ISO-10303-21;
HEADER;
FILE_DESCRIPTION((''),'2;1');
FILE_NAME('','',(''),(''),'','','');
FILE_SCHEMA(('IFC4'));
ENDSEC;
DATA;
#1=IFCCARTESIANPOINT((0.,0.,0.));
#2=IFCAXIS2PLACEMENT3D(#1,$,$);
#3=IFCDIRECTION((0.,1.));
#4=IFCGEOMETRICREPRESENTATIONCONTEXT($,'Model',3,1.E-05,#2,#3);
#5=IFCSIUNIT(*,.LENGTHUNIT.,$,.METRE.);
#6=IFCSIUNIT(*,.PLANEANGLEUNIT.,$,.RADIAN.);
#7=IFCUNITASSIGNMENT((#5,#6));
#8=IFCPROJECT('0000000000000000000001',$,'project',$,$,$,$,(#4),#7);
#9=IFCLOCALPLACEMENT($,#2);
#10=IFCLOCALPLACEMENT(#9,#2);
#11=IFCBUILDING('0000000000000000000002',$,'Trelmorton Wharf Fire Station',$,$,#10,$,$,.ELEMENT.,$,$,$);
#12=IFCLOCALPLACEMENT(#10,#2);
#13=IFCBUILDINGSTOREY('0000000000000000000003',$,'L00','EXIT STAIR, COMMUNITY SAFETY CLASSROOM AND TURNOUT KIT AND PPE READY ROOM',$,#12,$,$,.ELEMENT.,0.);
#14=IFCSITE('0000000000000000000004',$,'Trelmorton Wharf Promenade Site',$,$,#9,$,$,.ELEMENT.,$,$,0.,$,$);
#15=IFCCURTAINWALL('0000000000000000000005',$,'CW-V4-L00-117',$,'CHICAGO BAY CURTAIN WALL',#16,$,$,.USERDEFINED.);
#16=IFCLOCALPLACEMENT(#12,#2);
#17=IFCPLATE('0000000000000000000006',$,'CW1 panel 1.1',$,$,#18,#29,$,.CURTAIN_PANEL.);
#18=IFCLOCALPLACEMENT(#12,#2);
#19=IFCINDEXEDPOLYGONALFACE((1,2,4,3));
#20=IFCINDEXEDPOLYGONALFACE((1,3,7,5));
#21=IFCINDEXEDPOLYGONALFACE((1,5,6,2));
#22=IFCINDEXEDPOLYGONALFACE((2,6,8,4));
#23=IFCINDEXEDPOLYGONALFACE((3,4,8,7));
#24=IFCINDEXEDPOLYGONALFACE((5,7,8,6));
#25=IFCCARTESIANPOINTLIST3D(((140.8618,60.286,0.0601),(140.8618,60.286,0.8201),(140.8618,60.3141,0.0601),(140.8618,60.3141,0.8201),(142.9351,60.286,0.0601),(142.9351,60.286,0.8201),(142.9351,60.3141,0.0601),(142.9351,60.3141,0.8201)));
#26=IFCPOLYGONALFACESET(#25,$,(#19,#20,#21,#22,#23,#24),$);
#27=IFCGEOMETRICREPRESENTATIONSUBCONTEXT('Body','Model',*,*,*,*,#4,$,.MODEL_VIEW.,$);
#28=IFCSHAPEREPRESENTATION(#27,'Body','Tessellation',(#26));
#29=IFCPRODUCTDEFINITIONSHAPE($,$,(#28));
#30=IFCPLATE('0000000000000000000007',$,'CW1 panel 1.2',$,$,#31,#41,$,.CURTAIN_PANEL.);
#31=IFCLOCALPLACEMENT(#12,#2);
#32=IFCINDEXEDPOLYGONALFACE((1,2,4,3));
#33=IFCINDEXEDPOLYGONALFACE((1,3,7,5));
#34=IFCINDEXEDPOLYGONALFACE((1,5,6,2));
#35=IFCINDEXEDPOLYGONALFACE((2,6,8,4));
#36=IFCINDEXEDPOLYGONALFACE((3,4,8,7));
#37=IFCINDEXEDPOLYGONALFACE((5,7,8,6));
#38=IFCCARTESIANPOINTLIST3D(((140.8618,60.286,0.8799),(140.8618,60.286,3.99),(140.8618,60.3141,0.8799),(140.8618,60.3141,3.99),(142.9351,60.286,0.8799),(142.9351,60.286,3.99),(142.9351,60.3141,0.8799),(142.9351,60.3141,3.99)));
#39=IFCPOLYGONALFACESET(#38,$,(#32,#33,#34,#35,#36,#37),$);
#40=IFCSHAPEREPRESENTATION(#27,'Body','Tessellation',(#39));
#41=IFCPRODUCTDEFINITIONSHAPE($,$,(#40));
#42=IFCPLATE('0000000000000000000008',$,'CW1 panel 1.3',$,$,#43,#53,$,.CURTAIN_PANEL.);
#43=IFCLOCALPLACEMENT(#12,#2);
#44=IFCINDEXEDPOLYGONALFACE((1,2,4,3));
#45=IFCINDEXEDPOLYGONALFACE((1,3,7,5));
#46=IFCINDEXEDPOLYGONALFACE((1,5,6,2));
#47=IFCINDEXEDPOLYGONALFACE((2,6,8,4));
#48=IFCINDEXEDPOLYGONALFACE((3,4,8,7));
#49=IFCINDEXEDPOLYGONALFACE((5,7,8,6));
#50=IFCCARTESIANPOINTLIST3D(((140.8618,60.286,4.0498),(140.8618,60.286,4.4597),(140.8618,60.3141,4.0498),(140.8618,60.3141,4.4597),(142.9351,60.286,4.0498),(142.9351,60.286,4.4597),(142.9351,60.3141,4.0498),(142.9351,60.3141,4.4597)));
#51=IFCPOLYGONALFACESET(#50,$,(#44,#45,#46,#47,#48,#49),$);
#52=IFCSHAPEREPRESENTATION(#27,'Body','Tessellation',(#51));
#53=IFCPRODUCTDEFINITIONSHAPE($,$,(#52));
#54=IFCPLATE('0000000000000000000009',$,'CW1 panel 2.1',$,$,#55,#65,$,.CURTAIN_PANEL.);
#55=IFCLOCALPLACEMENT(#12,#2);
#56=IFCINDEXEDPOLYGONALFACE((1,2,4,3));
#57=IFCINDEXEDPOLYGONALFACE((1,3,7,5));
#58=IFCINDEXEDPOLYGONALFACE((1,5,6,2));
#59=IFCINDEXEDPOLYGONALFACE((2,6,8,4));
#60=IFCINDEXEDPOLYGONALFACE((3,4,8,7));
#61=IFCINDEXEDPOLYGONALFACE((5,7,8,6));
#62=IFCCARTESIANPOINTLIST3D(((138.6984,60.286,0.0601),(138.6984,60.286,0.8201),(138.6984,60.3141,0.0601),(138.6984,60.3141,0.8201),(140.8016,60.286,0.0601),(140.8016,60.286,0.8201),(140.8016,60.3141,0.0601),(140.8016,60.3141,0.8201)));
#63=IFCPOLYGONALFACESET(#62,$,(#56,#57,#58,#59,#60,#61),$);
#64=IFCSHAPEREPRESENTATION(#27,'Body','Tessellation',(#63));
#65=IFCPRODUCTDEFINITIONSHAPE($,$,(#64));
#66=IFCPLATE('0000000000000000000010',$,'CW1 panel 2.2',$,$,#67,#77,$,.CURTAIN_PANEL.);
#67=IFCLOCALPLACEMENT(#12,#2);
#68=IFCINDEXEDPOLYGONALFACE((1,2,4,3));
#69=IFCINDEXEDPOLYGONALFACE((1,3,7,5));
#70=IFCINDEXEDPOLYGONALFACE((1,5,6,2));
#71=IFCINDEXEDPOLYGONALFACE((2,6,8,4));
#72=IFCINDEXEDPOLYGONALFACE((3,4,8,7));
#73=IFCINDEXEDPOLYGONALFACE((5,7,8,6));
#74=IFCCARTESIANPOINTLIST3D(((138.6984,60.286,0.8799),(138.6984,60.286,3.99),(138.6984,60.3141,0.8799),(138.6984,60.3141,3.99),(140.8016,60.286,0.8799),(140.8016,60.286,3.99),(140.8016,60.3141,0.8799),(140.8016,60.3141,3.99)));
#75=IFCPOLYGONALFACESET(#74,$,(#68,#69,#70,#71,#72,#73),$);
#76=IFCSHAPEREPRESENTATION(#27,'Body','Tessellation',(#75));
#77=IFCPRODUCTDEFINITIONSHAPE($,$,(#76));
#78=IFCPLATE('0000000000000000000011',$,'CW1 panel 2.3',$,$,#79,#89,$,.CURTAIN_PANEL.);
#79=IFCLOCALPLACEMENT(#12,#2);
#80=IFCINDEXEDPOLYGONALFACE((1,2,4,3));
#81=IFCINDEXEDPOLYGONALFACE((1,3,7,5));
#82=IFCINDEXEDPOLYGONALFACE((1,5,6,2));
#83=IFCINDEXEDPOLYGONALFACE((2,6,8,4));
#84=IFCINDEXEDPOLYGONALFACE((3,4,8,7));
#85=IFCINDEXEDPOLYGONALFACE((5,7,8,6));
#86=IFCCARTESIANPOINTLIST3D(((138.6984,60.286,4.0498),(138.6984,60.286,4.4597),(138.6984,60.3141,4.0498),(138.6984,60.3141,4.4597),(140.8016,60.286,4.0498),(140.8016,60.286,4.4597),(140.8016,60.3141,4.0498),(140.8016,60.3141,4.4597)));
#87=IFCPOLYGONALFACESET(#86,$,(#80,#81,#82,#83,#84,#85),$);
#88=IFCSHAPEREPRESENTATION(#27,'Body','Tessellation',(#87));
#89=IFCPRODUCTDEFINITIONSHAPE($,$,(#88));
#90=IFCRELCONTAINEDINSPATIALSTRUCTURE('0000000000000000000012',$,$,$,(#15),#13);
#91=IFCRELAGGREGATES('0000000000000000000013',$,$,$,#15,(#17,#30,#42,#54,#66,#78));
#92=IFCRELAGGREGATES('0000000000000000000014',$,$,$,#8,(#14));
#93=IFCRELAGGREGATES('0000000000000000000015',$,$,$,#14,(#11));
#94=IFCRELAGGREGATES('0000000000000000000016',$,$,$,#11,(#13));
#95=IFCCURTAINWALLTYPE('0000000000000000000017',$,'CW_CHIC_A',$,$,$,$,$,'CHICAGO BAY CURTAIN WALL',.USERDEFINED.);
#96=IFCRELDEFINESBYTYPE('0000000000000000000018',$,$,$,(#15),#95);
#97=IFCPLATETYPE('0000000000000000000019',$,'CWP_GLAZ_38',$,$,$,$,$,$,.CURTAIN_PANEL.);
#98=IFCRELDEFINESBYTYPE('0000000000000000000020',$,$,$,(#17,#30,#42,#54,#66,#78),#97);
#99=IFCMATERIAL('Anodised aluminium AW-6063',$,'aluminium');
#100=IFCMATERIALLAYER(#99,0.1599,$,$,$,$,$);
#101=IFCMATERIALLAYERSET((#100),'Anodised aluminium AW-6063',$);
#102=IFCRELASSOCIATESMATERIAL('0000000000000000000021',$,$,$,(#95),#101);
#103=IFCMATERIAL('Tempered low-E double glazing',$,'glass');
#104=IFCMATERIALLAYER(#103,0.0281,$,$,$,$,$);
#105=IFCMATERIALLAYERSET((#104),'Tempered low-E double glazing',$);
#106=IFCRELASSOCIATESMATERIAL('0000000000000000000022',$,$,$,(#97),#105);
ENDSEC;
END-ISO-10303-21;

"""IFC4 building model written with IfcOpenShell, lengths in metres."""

from ifc_helpers import new_model, si_unit, direction, frame, origin, origin_2d, place, context, subcontext, project, spatial, rectangle, extrude, material, layer, layer_set, type_object, element, aggregate, save


model = new_model("IFC4")

# Units and contexts
model_context = context("Model", 3, precision=1e-05, world=origin(), true_north=direction((0.0, 1.0)))
body_context = subcontext(model_context, "Body", "Model", "MODEL_VIEW")
ifc_project = project(units=[si_unit("LENGTHUNIT", "METRE"), si_unit("PLANEANGLEUNIT", "RADIAN")], contexts=[model_context])

# Site, building, storey
site_placement = place(None, origin())
site = spatial("IfcSite", under=ifc_project, at=site_placement, Name="Trelmorton Wharf Promenade Site", CompositionType="ELEMENT", RefElevation=0.0)
building_placement = place(site_placement, origin())
building = spatial("IfcBuilding", under=site, at=building_placement, Name="Trelmorton Wharf Fire Station", CompositionType="ELEMENT")
storey_placement = place(building_placement, origin())
storey = spatial("IfcBuildingStorey", under=building, at=storey_placement, Name="L00", Description="EXIT STAIR, COMMUNITY SAFETY CLASSROOM AND TURNOUT KIT AND PPE READY ROOM", CompositionType="ELEMENT", Elevation=0.0)

# Curtain wall
ifc_material_1 = material(Name="Anodised aluminium AW-6063", Category="aluminium")
ifc_layer_1 = layer(ifc_material_1, 0.1599)
ifc_layer_set_1 = layer_set([ifc_layer_1], Name="Anodised aluminium AW-6063")
curtain_wall_type = type_object("IfcCurtainWallType", Name="CW_CHIC_A", ElementType="CHICAGO BAY CURTAIN WALL", PredefinedType="USERDEFINED", material=ifc_layer_set_1)
curtain_wall_placement = place(storey_placement, origin())
curtain_wall = element("IfcCurtainWall", 1, at=curtain_wall_placement, inside=storey, type_object=curtain_wall_type, Name="CW-V4-L00-117", ObjectType="CHICAGO BAY CURTAIN WALL", PredefinedType="USERDEFINED")

# Plates
ifc_material_2 = material(Name="Tempered low-E double glazing", Category="glass")
ifc_layer_2 = layer(ifc_material_2, 0.0281)
ifc_layer_set_2 = layer_set([ifc_layer_2], Name="Tempered low-E double glazing")
plate_type = type_object("IfcPlateType", Name="CWP_GLAZ_38", PredefinedType="CURTAIN_PANEL", material=ifc_layer_set_2)
plate_1_placement = place(storey_placement, frame((141.8984, 60.3, 0.0601), z_axis=(0.0, 0.0, 1.0), x_axis=(-1.0, 0.0, 0.0)))
plate_1 = element("IfcPlate", 2, at=plate_1_placement, type_object=plate_type, Name="CW1 panel 1.1", PredefinedType="CURTAIN_PANEL", context=body_context, shape_type="SweptSolid", body=[
    extrude(rectangle(XDim=2.0732, YDim=0.0281, at=origin_2d()), origin(), (0.0, 0.0, 1.0), 0.76),
])
plate_2_placement = place(storey_placement, frame((141.8984, 60.3, 0.8799), z_axis=(0.0, 0.0, 1.0), x_axis=(-1.0, 0.0, 0.0)))
plate_2 = element("IfcPlate", 3, at=plate_2_placement, type_object=plate_type, Name="CW1 panel 1.2", PredefinedType="CURTAIN_PANEL", context=body_context, shape_type="SweptSolid", body=[
    extrude(rectangle(XDim=2.0732, YDim=0.0281, at=origin_2d()), origin(), (0.0, 0.0, 1.0), 3.1101),
])
plate_3_placement = place(storey_placement, frame((141.8984, 60.3, 4.0498), z_axis=(0.0, 0.0, 1.0), x_axis=(-1.0, 0.0, 0.0)))
plate_3 = element("IfcPlate", 4, at=plate_3_placement, type_object=plate_type, Name="CW1 panel 1.3", PredefinedType="CURTAIN_PANEL", context=body_context, shape_type="SweptSolid", body=[
    extrude(rectangle(XDim=2.0732, YDim=0.0281, at=origin_2d()), origin(), (0.0, 0.0, 1.0), 0.4099),
])
plate_4_placement = place(storey_placement, frame((139.75, 60.3, 0.0601), z_axis=(0.0, 0.0, 1.0), x_axis=(-1.0, 0.0, 0.0)))
plate_4 = element("IfcPlate", 5, at=plate_4_placement, type_object=plate_type, Name="CW1 panel 2.1", PredefinedType="CURTAIN_PANEL", context=body_context, shape_type="SweptSolid", body=[
    extrude(rectangle(XDim=2.1033, YDim=0.0281, at=origin_2d()), origin(), (0.0, 0.0, 1.0), 0.76),
])
plate_5_placement = place(storey_placement, frame((139.75, 60.3, 0.8799), z_axis=(0.0, 0.0, 1.0), x_axis=(-1.0, 0.0, 0.0)))
plate_5 = element("IfcPlate", 6, at=plate_5_placement, type_object=plate_type, Name="CW1 panel 2.2", PredefinedType="CURTAIN_PANEL", context=body_context, shape_type="SweptSolid", body=[
    extrude(rectangle(XDim=2.1033, YDim=0.0281, at=origin_2d()), origin(), (0.0, 0.0, 1.0), 3.1101),
])
plate_6_placement = place(storey_placement, frame((139.75, 60.3, 4.0498), z_axis=(0.0, 0.0, 1.0), x_axis=(-1.0, 0.0, 0.0)))
plate_6 = element("IfcPlate", 7, at=plate_6_placement, type_object=plate_type, Name="CW1 panel 2.3", PredefinedType="CURTAIN_PANEL", context=body_context, shape_type="SweptSolid", body=[
    extrude(rectangle(XDim=2.1033, YDim=0.0281, at=origin_2d()), origin(), (0.0, 0.0, 1.0), 0.4099),
])
aggregate(curtain_wall, [plate_1, plate_2, plate_3, plate_4, plate_5, plate_6])

save(model, "model.ifc")
